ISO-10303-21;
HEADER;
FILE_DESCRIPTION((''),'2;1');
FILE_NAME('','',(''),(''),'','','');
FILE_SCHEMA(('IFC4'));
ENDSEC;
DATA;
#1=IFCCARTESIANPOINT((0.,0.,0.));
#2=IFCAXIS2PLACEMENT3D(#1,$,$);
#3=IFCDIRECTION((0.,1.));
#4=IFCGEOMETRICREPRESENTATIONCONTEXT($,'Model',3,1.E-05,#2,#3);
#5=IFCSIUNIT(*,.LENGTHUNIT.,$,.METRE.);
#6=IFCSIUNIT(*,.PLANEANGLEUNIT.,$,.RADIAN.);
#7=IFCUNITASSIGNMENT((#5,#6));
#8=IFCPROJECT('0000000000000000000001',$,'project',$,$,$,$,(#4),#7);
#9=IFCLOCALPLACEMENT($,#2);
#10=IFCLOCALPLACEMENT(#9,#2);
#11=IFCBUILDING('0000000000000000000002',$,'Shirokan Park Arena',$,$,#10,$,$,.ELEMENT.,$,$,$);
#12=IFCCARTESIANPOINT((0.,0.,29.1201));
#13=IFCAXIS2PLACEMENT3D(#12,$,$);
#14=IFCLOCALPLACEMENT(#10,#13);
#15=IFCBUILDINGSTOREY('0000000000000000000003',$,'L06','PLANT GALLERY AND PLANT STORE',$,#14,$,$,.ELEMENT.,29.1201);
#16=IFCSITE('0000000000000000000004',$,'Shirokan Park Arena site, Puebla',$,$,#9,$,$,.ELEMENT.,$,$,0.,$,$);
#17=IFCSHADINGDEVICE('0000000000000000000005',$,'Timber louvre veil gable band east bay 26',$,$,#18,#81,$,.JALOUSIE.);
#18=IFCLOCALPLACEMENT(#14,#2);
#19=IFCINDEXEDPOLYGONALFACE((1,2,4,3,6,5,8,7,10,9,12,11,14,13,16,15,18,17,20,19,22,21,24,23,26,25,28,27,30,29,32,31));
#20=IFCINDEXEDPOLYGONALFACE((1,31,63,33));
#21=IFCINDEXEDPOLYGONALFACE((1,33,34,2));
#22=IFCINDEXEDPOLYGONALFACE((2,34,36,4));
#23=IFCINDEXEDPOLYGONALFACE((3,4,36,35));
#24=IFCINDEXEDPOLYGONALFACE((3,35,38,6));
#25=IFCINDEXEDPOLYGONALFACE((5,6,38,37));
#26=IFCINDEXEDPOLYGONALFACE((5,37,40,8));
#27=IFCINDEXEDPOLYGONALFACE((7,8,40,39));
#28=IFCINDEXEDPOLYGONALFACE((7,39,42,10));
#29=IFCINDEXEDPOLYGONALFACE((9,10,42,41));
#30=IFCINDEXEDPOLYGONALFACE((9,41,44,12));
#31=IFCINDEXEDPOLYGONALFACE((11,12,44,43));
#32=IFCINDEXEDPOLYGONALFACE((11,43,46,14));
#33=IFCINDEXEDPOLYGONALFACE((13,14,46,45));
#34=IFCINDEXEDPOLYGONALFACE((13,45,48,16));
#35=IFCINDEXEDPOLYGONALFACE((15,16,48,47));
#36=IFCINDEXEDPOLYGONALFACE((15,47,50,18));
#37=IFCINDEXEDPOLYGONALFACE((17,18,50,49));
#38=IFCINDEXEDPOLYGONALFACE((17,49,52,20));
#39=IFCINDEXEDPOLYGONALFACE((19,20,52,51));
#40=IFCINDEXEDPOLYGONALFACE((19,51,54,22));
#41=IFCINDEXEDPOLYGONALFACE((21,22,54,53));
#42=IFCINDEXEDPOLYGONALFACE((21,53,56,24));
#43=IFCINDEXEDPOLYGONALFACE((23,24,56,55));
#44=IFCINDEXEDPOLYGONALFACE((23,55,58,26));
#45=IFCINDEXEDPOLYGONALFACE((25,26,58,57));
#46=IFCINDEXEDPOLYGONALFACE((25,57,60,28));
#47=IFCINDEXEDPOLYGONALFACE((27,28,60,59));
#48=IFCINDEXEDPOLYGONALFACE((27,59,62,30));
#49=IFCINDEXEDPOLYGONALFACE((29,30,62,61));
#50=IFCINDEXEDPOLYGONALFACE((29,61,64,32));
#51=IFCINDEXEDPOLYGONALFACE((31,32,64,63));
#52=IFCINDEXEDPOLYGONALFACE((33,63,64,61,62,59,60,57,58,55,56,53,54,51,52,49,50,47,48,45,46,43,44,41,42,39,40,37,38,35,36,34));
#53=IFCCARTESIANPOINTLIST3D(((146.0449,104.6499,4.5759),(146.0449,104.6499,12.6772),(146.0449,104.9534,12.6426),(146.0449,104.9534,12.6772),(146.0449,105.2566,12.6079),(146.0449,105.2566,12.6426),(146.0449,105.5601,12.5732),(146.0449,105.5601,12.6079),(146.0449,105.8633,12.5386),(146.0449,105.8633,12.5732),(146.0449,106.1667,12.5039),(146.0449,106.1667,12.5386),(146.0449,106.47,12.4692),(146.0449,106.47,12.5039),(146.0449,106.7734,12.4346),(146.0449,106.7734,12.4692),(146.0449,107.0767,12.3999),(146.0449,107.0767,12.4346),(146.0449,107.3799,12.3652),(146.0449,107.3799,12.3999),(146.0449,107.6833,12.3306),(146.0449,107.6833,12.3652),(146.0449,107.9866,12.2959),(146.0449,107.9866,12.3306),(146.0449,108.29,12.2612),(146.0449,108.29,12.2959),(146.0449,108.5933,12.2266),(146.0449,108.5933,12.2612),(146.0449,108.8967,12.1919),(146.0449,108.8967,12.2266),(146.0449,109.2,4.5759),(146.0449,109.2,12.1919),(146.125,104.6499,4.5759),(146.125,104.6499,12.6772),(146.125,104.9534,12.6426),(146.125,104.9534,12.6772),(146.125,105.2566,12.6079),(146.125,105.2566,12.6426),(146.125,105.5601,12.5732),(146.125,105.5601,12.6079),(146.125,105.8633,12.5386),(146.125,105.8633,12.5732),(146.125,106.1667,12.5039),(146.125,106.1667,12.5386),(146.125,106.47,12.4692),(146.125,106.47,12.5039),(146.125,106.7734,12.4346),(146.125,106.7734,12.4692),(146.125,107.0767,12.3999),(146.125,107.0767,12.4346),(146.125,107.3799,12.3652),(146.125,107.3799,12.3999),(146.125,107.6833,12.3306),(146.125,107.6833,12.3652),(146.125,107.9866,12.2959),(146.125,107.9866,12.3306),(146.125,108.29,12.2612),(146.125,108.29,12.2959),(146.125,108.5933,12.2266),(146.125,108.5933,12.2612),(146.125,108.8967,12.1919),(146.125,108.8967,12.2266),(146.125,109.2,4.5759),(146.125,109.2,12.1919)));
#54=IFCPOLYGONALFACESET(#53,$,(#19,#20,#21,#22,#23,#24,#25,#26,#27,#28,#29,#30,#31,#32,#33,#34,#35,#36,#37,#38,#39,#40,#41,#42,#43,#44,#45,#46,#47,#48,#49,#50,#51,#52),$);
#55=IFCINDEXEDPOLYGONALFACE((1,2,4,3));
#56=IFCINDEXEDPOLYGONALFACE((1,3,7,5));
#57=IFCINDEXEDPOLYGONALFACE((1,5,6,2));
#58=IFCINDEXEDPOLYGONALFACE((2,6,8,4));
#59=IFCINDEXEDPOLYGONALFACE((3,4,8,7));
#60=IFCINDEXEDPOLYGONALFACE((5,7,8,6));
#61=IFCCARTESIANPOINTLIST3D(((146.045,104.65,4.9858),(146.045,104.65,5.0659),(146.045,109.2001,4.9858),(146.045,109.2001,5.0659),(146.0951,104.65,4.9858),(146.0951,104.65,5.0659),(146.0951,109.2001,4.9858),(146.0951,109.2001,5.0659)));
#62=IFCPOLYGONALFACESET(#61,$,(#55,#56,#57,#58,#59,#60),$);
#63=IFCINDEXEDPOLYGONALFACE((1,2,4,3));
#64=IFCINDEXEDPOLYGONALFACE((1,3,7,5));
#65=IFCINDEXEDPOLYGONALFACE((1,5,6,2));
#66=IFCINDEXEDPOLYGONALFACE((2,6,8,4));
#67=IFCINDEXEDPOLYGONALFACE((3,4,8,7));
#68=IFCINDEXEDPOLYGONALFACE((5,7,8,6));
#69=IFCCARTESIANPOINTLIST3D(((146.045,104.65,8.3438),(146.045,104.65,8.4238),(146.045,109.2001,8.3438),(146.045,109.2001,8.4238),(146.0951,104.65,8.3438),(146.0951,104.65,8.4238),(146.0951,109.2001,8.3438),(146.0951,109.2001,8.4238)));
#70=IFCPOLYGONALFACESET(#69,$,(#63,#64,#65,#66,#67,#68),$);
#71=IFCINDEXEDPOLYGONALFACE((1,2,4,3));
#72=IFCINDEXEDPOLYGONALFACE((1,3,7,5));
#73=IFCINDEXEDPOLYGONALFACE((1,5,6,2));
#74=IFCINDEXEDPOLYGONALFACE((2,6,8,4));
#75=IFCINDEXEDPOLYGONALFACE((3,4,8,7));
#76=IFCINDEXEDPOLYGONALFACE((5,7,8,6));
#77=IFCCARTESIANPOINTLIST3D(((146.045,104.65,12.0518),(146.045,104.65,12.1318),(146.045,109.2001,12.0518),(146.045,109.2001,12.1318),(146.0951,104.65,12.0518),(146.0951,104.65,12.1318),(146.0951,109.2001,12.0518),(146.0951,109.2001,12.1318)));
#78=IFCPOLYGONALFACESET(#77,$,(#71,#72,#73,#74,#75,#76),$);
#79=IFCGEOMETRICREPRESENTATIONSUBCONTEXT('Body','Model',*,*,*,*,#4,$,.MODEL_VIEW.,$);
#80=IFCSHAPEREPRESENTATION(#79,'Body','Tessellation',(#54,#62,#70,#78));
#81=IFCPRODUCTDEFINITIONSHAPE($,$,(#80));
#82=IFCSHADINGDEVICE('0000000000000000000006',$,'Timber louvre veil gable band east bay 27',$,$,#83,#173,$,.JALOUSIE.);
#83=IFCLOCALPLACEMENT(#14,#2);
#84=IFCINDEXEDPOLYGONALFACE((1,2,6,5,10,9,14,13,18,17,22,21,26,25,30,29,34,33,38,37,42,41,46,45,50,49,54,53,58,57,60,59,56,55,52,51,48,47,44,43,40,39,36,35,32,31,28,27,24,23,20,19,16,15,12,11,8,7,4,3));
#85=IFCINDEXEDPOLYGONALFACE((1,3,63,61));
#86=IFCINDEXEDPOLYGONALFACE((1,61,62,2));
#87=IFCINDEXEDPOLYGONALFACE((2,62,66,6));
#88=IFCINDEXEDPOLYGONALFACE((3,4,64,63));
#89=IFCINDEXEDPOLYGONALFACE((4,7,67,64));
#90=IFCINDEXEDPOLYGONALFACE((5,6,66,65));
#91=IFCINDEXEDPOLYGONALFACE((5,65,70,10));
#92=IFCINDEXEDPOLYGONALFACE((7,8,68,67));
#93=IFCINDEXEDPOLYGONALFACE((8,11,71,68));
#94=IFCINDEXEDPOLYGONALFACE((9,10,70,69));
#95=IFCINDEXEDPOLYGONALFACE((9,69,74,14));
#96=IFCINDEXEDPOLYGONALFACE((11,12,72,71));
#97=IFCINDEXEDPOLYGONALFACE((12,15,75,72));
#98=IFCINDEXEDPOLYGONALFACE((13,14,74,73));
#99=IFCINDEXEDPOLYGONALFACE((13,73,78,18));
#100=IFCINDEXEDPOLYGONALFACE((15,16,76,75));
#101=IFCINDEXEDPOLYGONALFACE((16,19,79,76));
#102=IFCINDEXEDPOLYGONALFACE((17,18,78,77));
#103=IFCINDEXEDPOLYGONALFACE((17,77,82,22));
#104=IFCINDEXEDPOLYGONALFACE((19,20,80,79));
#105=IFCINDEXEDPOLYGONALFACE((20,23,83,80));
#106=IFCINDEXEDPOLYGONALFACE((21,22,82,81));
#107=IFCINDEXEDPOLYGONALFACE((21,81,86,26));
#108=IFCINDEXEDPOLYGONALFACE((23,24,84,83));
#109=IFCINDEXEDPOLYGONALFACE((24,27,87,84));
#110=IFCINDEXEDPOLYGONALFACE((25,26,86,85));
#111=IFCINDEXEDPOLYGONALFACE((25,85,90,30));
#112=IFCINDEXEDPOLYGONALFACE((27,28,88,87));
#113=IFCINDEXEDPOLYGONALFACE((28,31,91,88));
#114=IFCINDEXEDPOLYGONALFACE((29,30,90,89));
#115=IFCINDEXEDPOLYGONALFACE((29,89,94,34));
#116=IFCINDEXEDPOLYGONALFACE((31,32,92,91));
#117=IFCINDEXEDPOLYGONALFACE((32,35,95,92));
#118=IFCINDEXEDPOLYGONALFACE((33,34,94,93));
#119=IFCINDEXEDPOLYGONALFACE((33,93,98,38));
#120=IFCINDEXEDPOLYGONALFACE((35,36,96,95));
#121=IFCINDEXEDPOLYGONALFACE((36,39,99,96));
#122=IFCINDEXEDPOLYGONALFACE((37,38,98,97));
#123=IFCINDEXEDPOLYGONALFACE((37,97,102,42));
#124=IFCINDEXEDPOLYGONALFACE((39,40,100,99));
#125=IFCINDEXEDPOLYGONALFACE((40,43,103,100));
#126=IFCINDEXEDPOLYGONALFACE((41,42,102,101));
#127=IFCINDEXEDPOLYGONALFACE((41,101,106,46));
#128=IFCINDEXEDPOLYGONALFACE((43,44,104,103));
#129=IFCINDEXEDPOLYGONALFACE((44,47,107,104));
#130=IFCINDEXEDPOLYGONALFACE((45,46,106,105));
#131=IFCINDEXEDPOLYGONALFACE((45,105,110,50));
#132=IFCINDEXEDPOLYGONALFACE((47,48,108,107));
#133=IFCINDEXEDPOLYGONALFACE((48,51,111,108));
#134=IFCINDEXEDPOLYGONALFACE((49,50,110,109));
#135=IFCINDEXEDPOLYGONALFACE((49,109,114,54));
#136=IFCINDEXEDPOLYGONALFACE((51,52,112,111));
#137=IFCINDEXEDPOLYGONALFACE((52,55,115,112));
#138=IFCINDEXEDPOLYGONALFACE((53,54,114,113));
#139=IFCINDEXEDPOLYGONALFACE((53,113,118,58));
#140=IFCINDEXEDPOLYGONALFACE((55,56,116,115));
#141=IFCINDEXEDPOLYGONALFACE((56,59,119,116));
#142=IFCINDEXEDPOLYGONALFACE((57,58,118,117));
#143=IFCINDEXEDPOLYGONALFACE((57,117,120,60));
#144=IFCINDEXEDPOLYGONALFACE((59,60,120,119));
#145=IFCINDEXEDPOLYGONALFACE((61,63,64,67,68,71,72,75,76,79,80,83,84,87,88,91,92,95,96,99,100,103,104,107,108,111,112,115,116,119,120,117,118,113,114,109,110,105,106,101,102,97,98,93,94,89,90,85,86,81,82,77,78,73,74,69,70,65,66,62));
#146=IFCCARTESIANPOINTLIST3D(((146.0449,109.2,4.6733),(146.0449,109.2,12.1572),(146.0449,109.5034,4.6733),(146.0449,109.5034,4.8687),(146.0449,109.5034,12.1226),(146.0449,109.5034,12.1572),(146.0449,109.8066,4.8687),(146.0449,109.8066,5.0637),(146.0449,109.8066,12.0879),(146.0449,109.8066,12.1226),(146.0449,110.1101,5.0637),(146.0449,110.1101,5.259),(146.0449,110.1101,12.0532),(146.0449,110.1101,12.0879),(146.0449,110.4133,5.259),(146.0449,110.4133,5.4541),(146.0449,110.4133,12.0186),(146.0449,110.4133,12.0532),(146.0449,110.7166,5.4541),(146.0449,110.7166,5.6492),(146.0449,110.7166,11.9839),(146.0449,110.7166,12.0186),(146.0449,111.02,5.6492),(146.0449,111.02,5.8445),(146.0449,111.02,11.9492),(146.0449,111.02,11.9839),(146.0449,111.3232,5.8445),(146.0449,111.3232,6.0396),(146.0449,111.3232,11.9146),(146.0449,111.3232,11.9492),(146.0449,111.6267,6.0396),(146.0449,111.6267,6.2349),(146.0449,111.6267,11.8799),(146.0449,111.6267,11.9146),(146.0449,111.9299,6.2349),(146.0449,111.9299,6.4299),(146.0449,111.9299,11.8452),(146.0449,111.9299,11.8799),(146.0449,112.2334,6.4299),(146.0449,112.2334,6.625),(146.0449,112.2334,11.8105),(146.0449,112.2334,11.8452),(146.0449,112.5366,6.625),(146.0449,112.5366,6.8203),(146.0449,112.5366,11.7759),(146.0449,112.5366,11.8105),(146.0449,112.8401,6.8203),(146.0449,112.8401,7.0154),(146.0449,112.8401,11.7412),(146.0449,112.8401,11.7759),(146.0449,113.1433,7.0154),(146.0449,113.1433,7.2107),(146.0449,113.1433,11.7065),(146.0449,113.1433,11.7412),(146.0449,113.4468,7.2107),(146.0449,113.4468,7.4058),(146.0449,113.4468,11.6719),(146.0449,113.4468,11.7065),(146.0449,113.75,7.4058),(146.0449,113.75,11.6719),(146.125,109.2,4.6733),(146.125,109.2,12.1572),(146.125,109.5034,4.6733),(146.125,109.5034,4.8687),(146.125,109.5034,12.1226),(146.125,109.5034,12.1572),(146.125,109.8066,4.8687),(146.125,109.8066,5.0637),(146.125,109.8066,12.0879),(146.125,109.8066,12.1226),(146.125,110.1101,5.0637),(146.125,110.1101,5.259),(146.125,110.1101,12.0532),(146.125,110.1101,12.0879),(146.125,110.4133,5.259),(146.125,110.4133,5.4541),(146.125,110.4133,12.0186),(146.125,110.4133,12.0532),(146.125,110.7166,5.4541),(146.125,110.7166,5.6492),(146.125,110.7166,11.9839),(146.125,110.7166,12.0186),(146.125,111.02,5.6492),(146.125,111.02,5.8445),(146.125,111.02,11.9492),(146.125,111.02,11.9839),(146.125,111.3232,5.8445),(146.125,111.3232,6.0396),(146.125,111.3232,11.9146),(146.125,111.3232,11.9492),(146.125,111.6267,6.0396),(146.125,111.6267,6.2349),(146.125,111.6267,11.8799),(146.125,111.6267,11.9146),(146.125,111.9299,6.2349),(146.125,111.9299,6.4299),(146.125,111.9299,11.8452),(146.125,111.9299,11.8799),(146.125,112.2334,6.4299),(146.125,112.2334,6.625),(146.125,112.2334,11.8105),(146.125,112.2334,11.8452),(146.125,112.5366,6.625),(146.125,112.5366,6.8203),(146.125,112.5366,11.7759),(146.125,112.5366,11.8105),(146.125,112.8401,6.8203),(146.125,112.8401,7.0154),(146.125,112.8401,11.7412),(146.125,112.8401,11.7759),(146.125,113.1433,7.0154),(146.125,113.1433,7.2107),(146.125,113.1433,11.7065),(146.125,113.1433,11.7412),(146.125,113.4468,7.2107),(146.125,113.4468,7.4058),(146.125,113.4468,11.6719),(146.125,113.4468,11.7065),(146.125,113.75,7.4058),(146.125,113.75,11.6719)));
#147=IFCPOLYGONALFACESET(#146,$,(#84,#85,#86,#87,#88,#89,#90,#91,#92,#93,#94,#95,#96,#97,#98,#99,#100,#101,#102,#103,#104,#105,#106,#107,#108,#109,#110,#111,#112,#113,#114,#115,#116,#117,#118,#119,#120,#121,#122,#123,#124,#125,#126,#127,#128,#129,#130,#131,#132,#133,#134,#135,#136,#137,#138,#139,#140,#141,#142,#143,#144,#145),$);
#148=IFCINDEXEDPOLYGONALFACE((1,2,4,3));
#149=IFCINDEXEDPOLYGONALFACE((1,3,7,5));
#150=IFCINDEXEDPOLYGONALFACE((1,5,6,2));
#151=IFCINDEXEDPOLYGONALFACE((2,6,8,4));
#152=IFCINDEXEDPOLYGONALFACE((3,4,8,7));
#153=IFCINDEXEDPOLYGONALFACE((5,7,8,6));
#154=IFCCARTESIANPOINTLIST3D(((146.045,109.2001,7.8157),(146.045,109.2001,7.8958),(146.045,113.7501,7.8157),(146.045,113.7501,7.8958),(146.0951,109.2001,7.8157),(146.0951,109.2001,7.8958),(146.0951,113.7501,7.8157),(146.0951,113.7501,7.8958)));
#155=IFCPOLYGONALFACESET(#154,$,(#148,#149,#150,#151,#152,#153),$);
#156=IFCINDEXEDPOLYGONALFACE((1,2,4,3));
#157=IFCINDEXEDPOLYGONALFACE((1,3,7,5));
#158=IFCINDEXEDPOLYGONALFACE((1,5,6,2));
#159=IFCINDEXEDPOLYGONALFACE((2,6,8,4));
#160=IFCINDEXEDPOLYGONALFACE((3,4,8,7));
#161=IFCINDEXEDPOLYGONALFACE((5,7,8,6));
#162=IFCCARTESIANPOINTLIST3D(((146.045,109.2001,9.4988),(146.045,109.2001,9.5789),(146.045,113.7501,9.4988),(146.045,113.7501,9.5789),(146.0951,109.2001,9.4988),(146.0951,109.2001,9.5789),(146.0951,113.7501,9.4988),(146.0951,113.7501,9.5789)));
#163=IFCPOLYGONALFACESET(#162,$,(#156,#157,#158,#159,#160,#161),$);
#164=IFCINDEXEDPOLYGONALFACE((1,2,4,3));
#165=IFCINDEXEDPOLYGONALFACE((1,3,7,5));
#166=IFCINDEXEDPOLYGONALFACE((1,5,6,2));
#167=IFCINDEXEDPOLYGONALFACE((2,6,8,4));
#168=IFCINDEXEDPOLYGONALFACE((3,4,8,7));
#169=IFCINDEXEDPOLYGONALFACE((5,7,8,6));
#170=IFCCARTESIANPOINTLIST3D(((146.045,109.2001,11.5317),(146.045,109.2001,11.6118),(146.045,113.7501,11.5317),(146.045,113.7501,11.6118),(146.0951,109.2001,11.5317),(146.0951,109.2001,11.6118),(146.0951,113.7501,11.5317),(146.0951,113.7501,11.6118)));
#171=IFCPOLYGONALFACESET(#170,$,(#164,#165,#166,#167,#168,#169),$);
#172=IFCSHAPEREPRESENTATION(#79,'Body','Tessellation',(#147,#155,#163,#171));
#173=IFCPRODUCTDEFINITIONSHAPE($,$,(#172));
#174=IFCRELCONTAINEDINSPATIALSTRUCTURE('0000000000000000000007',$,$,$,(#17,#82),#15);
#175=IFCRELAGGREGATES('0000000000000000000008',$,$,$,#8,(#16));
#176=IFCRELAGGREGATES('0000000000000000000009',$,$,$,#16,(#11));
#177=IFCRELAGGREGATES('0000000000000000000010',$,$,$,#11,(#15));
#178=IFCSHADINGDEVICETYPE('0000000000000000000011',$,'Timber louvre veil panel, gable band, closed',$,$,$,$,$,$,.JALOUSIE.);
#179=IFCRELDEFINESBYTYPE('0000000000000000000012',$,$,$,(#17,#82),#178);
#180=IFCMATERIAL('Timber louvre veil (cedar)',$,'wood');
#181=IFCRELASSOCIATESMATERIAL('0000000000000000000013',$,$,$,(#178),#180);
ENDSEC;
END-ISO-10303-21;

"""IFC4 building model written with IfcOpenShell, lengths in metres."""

from ifc_helpers import new_model, si_unit, direction, frame, origin, origin_2d, place, context, subcontext, project, spatial, polyline, rectangle, outline, extrude, material, type_object, element, save


model = new_model("IFC4")

# Units and contexts
model_context = context("Model", 3, precision=1e-05, world=origin(), true_north=direction((0.0, 1.0)))
body_context = subcontext(model_context, "Body", "Model", "MODEL_VIEW")
ifc_project = project(units=[si_unit("LENGTHUNIT", "METRE"), si_unit("PLANEANGLEUNIT", "RADIAN")], contexts=[model_context])

# Site, building, storey
site_placement = place(None, origin())
site = spatial("IfcSite", under=ifc_project, at=site_placement, Name="Shirokan Park Arena site, Puebla", CompositionType="ELEMENT", RefElevation=0.0)
building_placement = place(site_placement, origin())
building = spatial("IfcBuilding", under=site, at=building_placement, Name="Shirokan Park Arena", CompositionType="ELEMENT")
storey_placement = place(building_placement, frame((0.0, 0.0, 29.1201)))
storey = spatial("IfcBuildingStorey", under=building, at=storey_placement, Name="L06", Description="PLANT GALLERY AND PLANT STORE", CompositionType="ELEMENT", Elevation=29.1201)

# Shading devices
ifc_material_1 = material(Name="Timber louvre veil (cedar)", Category="wood")
shading_device_type = type_object("IfcShadingDeviceType", Name="Timber louvre veil panel, gable band, closed", PredefinedType="JALOUSIE", material=ifc_material_1)
shading_device_1_placement = place(storey_placement, origin())
element("IfcShadingDevice", 1, at=shading_device_1_placement, inside=storey, type_object=shading_device_type, Name="Timber louvre veil gable band east bay 26", PredefinedType="JALOUSIE", context=body_context, shape_type="SweptSolid", body=[
    extrude(outline(polyline([(109.2, 4.5759), (109.2, 12.1919), (108.8967, 12.1919), (108.8967, 12.2266), (108.5933, 12.2266), (108.5933, 12.2612), (108.29, 12.2612), (108.29, 12.2959), (107.9866, 12.2959), (107.9866, 12.3306), (107.6833, 12.3306), (107.6833, 12.3652), (107.3799, 12.3652), (107.3799, 12.3999), (107.0767, 12.3999), (107.0767, 12.4346), (106.7734, 12.4346), (106.7734, 12.4692), (106.47, 12.4692), (106.47, 12.5039), (106.1667, 12.5039), (106.1667, 12.5386), (105.8633, 12.5386), (105.8633, 12.5732), (105.5601, 12.5732), (105.5601, 12.6079), (105.2566, 12.6079), (105.2566, 12.6426), (104.9534, 12.6426), (104.9534, 12.6772), (104.6499, 12.6772), (104.6499, 4.5759), (109.2, 4.5759)])), frame((146.0449, 0.0, 0.0), z_axis=(1.0, 0.0, 0.0), x_axis=(0.0, 1.0, 0.0)), (0.0, 0.0, 1.0), 0.0801),
    extrude(rectangle(XDim=0.05, YDim=4.55, at=origin_2d()), frame((146.0701, 106.925, 4.9858), z_axis=(0.0, 0.0, 1.0), x_axis=(1.0, 0.0, 0.0)), (0.0, 0.0, 1.0), 0.0801),
    extrude(rectangle(XDim=0.05, YDim=4.55, at=origin_2d()), frame((146.0701, 106.925, 8.3438), z_axis=(0.0, 0.0, 1.0), x_axis=(1.0, 0.0, 0.0)), (0.0, 0.0, 1.0), 0.0801),
    extrude(rectangle(XDim=0.05, YDim=4.55, at=origin_2d()), frame((146.0701, 106.925, 12.0518), z_axis=(0.0, 0.0, 1.0), x_axis=(1.0, 0.0, 0.0)), (0.0, 0.0, 1.0), 0.0801),
])
shading_device_2_placement = place(storey_placement, origin())
element("IfcShadingDevice", 2, at=shading_device_2_placement, inside=storey, type_object=shading_device_type, Name="Timber louvre veil gable band east bay 27", PredefinedType="JALOUSIE", context=body_context, shape_type="SweptSolid", body=[
    extrude(outline(polyline([(109.2, 12.1572), (109.2, 4.6733), (109.5034, 4.6733), (109.5034, 4.8687), (109.8066, 4.8687), (109.8066, 5.0637), (110.1101, 5.0637), (110.1101, 5.259), (110.4133, 5.259), (110.4133, 5.4541), (110.7166, 5.4541), (110.7166, 5.6492), (111.02, 5.6492), (111.02, 5.8445), (111.3232, 5.8445), (111.3232, 6.0396), (111.6267, 6.0396), (111.6267, 6.2349), (111.9299, 6.2349), (111.9299, 6.4299), (112.2334, 6.4299), (112.2334, 6.625), (112.5366, 6.625), (112.5366, 6.8203), (112.8401, 6.8203), (112.8401, 7.0154), (113.1433, 7.0154), (113.1433, 7.2107), (113.4468, 7.2107), (113.4468, 7.4058), (113.75, 7.4058), (113.75, 11.6719), (113.4468, 11.6719), (113.4468, 11.7065), (113.1433, 11.7065), (113.1433, 11.7412), (112.8401, 11.7412), (112.8401, 11.7759), (112.5366, 11.7759), (112.5366, 11.8105), (112.2334, 11.8105), (112.2334, 11.8452), (111.9299, 11.8452), (111.9299, 11.8799), (111.6267, 11.8799), (111.6267, 11.9146), (111.3232, 11.9146), (111.3232, 11.9492), (111.02, 11.9492), (111.02, 11.9839), (110.7166, 11.9839), (110.7166, 12.0186), (110.4133, 12.0186), (110.4133, 12.0532), (110.1101, 12.0532), (110.1101, 12.0879), (109.8066, 12.0879), (109.8066, 12.1226), (109.5034, 12.1226), (109.5034, 12.1572), (109.2, 12.1572)])), frame((146.0449, 0.0, 0.0), z_axis=(1.0, 0.0, 0.0), x_axis=(0.0, 1.0, 0.0)), (0.0, 0.0, 1.0), 0.0801),
    extrude(rectangle(XDim=0.05, YDim=4.55, at=origin_2d()), frame((146.0701, 111.4751, 7.8157), z_axis=(0.0, 0.0, 1.0), x_axis=(1.0, 0.0, 0.0)), (0.0, 0.0, 1.0), 0.0801),
    extrude(rectangle(XDim=0.05, YDim=4.55, at=origin_2d()), frame((146.0701, 111.4751, 9.4988), z_axis=(0.0, 0.0, 1.0), x_axis=(1.0, 0.0, 0.0)), (0.0, 0.0, 1.0), 0.0801),
    extrude(rectangle(XDim=0.05, YDim=4.55, at=origin_2d()), frame((146.0701, 111.4751, 11.5317), z_axis=(0.0, 0.0, 1.0), x_axis=(1.0, 0.0, 0.0)), (0.0, 0.0, 1.0), 0.0801),
])

save(model, "model.ifc")
